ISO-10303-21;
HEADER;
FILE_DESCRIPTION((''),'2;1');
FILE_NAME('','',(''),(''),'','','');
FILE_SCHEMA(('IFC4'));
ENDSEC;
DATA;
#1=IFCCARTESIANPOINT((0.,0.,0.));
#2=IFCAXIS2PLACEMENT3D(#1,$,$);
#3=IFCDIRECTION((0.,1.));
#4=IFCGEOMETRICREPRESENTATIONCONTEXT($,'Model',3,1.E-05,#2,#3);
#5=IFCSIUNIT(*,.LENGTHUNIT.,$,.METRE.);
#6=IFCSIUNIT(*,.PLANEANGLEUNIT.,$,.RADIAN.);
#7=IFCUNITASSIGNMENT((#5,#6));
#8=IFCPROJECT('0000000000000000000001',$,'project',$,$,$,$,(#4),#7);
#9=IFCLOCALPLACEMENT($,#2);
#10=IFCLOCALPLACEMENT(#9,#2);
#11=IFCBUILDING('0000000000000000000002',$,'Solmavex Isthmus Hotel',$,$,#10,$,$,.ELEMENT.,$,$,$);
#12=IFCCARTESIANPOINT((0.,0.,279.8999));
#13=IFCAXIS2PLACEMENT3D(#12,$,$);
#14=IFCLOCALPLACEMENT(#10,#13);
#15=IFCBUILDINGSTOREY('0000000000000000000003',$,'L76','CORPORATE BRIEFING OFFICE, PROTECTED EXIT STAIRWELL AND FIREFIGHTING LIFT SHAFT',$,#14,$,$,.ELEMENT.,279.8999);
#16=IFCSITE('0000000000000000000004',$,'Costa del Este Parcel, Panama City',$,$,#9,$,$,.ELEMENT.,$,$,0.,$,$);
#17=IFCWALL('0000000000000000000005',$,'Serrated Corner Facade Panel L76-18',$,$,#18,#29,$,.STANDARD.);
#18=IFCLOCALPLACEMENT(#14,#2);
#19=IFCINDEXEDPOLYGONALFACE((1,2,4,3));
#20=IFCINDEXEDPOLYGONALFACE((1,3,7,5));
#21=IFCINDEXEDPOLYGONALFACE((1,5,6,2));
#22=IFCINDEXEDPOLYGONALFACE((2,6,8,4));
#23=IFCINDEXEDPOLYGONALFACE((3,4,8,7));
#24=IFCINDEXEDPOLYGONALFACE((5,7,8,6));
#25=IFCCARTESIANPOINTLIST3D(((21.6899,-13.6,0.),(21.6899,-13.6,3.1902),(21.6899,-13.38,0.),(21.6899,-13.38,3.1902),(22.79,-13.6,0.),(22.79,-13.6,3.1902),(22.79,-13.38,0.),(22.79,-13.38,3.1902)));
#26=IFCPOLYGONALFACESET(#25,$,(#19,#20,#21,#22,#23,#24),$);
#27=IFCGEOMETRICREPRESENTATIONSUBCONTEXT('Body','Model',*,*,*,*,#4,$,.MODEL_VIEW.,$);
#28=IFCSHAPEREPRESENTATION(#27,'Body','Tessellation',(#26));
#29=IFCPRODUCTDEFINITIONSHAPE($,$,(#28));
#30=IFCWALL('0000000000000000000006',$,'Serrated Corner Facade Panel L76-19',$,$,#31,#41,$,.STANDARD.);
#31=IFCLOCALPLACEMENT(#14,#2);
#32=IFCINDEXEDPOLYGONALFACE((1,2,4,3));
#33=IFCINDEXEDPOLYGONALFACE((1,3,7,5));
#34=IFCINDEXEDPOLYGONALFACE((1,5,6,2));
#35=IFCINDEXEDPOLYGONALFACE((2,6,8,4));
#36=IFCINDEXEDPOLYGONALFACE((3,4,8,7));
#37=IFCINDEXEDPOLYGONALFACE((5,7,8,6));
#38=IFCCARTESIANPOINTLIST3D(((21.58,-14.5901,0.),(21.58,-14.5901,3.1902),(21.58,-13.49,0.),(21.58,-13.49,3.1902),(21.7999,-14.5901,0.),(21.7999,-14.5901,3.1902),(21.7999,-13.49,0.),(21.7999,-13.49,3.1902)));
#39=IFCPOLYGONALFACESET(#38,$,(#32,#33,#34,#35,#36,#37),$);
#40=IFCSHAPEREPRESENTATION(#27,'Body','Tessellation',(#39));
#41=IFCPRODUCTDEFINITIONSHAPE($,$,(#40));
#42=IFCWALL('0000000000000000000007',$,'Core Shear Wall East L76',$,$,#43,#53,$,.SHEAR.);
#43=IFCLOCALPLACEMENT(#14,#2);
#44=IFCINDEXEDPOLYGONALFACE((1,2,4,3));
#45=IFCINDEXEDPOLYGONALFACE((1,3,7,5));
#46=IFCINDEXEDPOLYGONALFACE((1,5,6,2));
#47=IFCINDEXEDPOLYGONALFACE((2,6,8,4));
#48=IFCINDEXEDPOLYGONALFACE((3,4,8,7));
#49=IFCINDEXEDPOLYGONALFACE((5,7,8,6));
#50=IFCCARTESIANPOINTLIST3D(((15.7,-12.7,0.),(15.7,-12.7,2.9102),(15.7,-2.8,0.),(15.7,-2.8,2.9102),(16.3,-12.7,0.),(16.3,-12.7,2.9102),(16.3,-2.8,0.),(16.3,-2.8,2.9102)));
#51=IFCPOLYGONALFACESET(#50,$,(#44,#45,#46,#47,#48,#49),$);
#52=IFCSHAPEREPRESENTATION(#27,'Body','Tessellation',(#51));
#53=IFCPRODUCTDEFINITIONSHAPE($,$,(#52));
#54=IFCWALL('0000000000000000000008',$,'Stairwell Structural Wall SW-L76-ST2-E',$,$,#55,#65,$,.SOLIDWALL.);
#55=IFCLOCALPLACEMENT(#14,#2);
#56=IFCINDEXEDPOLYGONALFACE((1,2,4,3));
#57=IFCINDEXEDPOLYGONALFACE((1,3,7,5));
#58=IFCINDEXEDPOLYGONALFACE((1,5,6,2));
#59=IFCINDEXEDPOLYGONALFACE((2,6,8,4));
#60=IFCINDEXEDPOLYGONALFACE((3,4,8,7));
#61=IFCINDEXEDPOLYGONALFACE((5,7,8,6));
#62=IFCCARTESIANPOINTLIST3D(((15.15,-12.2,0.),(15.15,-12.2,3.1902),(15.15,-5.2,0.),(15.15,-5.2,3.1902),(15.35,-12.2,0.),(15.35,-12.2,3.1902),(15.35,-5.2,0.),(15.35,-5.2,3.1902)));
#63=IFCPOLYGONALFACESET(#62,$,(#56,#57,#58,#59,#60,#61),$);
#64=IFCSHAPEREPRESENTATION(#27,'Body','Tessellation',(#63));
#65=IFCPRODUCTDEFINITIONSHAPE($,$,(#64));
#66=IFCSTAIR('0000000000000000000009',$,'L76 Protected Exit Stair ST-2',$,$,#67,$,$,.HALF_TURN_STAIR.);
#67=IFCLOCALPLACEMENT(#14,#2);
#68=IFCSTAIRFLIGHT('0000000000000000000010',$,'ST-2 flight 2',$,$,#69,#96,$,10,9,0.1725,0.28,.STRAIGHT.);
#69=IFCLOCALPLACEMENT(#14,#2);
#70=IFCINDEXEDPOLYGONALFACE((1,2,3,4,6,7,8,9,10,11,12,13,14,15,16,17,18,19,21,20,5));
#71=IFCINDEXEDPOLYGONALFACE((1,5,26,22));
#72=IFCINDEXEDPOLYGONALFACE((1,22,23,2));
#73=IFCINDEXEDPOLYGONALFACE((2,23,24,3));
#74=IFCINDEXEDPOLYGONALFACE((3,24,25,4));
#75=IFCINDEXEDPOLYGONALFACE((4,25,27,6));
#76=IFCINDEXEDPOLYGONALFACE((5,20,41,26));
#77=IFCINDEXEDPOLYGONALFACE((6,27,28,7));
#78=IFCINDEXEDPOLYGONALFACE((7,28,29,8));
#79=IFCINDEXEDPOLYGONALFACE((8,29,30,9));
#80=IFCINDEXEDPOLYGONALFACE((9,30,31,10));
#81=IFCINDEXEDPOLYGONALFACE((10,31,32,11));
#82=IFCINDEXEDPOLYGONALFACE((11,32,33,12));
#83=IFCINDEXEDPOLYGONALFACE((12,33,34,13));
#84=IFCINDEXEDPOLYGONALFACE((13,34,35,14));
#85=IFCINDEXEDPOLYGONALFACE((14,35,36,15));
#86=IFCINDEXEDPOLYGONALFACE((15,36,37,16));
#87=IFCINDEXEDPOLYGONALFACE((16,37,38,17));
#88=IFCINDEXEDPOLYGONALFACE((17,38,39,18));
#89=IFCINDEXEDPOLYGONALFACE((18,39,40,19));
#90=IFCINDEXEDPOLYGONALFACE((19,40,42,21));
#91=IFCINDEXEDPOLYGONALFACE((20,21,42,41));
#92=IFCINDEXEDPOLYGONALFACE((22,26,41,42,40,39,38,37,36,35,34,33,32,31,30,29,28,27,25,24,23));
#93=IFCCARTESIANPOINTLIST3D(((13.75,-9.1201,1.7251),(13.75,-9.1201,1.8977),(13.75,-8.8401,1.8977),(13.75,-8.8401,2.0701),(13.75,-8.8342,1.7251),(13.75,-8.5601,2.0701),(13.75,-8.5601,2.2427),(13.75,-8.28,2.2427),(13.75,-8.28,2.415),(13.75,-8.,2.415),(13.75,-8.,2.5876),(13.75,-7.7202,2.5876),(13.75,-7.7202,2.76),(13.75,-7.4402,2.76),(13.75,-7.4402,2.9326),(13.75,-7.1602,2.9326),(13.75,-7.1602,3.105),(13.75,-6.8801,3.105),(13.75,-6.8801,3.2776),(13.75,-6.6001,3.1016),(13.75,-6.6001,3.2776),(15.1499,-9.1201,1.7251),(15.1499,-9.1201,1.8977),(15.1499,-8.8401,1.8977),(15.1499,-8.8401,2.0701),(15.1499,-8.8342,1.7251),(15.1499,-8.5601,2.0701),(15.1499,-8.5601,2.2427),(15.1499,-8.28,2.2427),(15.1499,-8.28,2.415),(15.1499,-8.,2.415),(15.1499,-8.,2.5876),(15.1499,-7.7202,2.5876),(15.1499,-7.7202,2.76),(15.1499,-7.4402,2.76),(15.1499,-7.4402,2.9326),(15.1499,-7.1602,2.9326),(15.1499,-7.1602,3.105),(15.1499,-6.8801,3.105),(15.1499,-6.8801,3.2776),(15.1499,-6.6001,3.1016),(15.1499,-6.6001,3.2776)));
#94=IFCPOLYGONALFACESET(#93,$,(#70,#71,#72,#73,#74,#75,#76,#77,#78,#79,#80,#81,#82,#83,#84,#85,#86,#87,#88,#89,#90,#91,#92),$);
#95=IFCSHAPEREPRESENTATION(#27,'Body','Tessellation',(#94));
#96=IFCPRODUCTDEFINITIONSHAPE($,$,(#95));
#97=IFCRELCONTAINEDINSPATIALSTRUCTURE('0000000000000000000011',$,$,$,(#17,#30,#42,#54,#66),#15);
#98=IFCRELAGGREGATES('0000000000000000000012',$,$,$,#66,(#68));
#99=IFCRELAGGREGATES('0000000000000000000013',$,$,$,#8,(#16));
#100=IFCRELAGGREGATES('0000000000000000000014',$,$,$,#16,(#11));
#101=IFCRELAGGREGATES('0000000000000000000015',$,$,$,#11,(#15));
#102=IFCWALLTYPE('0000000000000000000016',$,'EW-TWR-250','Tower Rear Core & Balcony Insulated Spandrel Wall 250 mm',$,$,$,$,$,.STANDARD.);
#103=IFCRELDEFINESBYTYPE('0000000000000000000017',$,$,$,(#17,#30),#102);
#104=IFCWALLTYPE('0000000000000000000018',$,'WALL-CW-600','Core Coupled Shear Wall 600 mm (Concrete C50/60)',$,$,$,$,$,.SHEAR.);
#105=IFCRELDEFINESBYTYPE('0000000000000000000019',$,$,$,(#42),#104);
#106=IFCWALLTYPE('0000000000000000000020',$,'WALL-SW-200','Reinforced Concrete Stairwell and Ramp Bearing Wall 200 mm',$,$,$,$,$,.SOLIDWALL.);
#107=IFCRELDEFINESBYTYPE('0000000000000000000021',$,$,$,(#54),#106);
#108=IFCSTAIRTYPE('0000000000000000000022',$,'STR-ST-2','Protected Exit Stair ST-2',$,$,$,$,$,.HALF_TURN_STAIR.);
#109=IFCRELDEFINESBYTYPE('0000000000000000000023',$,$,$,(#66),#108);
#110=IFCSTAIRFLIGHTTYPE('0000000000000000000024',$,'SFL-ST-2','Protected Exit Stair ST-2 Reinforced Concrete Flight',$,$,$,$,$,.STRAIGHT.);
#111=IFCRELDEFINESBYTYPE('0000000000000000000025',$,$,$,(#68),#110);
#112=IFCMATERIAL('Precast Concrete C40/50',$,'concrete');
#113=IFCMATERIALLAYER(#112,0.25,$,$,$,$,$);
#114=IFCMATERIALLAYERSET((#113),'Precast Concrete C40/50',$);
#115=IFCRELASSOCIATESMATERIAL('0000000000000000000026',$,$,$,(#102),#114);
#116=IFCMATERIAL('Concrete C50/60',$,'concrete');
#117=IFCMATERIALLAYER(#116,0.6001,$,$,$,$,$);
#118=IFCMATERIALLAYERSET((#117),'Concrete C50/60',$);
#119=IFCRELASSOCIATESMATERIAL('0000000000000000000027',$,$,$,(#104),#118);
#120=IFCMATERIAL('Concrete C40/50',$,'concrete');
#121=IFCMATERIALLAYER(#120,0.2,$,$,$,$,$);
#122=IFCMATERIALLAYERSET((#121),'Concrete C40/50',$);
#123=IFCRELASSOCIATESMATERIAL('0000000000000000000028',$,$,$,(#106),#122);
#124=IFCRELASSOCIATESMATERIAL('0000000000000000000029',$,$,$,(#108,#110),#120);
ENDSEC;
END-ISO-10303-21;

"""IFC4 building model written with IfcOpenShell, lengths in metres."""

from ifc_helpers import new_model, si_unit, direction, frame, frame_2d, origin, place, context, subcontext, project, spatial, polyline, rectangle, outline, extrude, material, layer, layer_set, type_object, element, aggregate, save


model = new_model("IFC4")

# Units and contexts
model_context = context("Model", 3, precision=1e-05, world=origin(), true_north=direction((0.0, 1.0)))
body_context = subcontext(model_context, "Body", "Model", "MODEL_VIEW")
ifc_project = project(units=[si_unit("LENGTHUNIT", "METRE"), si_unit("PLANEANGLEUNIT", "RADIAN")], contexts=[model_context])

# Site, building, storey
site_placement = place(None, origin())
site = spatial("IfcSite", under=ifc_project, at=site_placement, Name="Costa del Este Parcel, Panama City", CompositionType="ELEMENT", RefElevation=0.0)
building_placement = place(site_placement, origin())
building = spatial("IfcBuilding", under=site, at=building_placement, Name="Solmavex Isthmus Hotel", CompositionType="ELEMENT")
storey_placement = place(building_placement, frame((0.0, 0.0, 279.8999)))
storey = spatial("IfcBuildingStorey", under=building, at=storey_placement, Name="L76", Description="CORPORATE BRIEFING OFFICE, PROTECTED EXIT STAIRWELL AND FIREFIGHTING LIFT SHAFT", CompositionType="ELEMENT", Elevation=279.8999)

# Shared definitions
ifc_material_1 = material(Name="Concrete C50/60", Category="concrete")

# Walls
ifc_material_2 = material(Name="Precast Concrete C40/50", Category="concrete")
ifc_layer_1 = layer(ifc_material_2, 0.25)
ifc_layer_set_1 = layer_set([ifc_layer_1], Name="Precast Concrete C40/50")
wall_type_1 = type_object("IfcWallType", Name="EW-TWR-250", Description="Tower Rear Core & Balcony Insulated Spandrel Wall 250 mm", PredefinedType="STANDARD", material=ifc_layer_set_1)
for number, where, z_axis, x_axis, name in (
    (1, (22.79, -13.49, 0.0), (0.0, 0.0, 1.0), (-1.0, 0.0, 0.0), "Serrated Corner Facade Panel L76-18"),
    (2, (21.6899, -13.49, 0.0), (0.0, 0.0, 1.0), (0.0, -1.0, 0.0), "Serrated Corner Facade Panel L76-19"),
):
    element("IfcWall", number, at=place(storey_placement, frame(where, z_axis=z_axis, x_axis=x_axis)), inside=storey, type_object=wall_type_1, Name=name, PredefinedType="STANDARD", context=body_context, shape_type="SweptSolid", body=[
        extrude(rectangle(XDim=1.1001, YDim=0.22, at=frame_2d((0.55, 0.0))), origin(), (0.0, 0.0, 1.0), 3.1902),
    ])
ifc_layer_2 = layer(ifc_material_1, 0.6001)
ifc_layer_set_2 = layer_set([ifc_layer_2], Name="Concrete C50/60")
wall_type_2 = type_object("IfcWallType", Name="WALL-CW-600", Description="Core Coupled Shear Wall 600 mm (Concrete C50/60)", PredefinedType="SHEAR", material=ifc_layer_set_2)
wall_1_placement = place(storey_placement, frame((16.0, -12.7, 0.0), z_axis=(0.0, 0.0, 1.0), x_axis=(0.0, 1.0, 0.0)))
element("IfcWall", 3, at=wall_1_placement, inside=storey, type_object=wall_type_2, Name="Core Shear Wall East L76", PredefinedType="SHEAR", context=body_context, shape_type="SweptSolid", body=[
    extrude(rectangle(XDim=9.8999, YDim=0.6001, at=frame_2d((4.95, 0.0))), origin(), (0.0, 0.0, 1.0), 2.9102),
])
ifc_material_3 = material(Name="Concrete C40/50", Category="concrete")
ifc_layer_3 = layer(ifc_material_3, 0.2)
ifc_layer_set_3 = layer_set([ifc_layer_3], Name="Concrete C40/50")
wall_type_3 = type_object("IfcWallType", Name="WALL-SW-200", Description="Reinforced Concrete Stairwell and Ramp Bearing Wall 200 mm", PredefinedType="SOLIDWALL", material=ifc_layer_set_3)
wall_2_placement = place(storey_placement, frame((15.25, -12.2, 0.0), z_axis=(0.0, 0.0, 1.0), x_axis=(0.0, 1.0, 0.0)))
element("IfcWall", 4, at=wall_2_placement, inside=storey, type_object=wall_type_3, Name="Stairwell Structural Wall SW-L76-ST2-E", PredefinedType="SOLIDWALL", context=body_context, shape_type="SweptSolid", body=[
    extrude(rectangle(XDim=7.0, YDim=0.2, at=frame_2d((3.5, 0.0))), origin(), (0.0, 0.0, 1.0), 3.1902),
])

# Stair, stair flight
stair_type = type_object("IfcStairType", Name="STR-ST-2", Description="Protected Exit Stair ST-2", PredefinedType="HALF_TURN_STAIR", material=ifc_material_3)
stair_placement = place(storey_placement, origin())
stair = element("IfcStair", 5, at=stair_placement, inside=storey, type_object=stair_type, Name="L76 Protected Exit Stair ST-2", PredefinedType="HALF_TURN_STAIR")
stair_flight_type = type_object("IfcStairFlightType", Name="SFL-ST-2", Description="Protected Exit Stair ST-2 Reinforced Concrete Flight", PredefinedType="STRAIGHT", material=ifc_material_3)
stair_flight_placement = place(storey_placement, frame((14.45, -9.1201, 1.7251), z_axis=(0.0, 0.0, 1.0), x_axis=(0.0, 1.0, 0.0)))
stair_flight = element("IfcStairFlight", 6, at=stair_flight_placement, type_object=stair_flight_type, Name="ST-2 flight 2", NumberOfRisers=10, NumberOfTreads=9, PredefinedType="STRAIGHT", RiserHeight=0.1725, TreadLength=0.28, context=body_context, shape_type="SweptSolid", body=[
    extrude(outline(polyline([(0.0, 0.0), (0.0, 0.1726), (0.28, 0.1726), (0.28, 0.345), (0.5601, 0.345), (0.5601, 0.5176), (0.8401, 0.5176), (0.8401, 0.6899), (1.1201, 0.6899), (1.1201, 0.8625), (1.3999, 0.8625), (1.3999, 1.0349), (1.6799, 1.0349), (1.6799, 1.2075), (1.96, 1.2075), (1.96, 1.3799), (2.24, 1.3799), (2.24, 1.5525), (2.52, 1.5525), (2.52, 1.7251), (2.52, 1.3765), (0.2859, 0.0), (0.0, 0.0)])), frame((0.0, 0.7, 0.0), z_axis=(0.0, -1.0, 0.0), x_axis=(1.0, 0.0, 0.0)), (0.0, 0.0, 1.0), 1.3999),
])
aggregate(stair, [stair_flight])

save(model, "model.ifc")
